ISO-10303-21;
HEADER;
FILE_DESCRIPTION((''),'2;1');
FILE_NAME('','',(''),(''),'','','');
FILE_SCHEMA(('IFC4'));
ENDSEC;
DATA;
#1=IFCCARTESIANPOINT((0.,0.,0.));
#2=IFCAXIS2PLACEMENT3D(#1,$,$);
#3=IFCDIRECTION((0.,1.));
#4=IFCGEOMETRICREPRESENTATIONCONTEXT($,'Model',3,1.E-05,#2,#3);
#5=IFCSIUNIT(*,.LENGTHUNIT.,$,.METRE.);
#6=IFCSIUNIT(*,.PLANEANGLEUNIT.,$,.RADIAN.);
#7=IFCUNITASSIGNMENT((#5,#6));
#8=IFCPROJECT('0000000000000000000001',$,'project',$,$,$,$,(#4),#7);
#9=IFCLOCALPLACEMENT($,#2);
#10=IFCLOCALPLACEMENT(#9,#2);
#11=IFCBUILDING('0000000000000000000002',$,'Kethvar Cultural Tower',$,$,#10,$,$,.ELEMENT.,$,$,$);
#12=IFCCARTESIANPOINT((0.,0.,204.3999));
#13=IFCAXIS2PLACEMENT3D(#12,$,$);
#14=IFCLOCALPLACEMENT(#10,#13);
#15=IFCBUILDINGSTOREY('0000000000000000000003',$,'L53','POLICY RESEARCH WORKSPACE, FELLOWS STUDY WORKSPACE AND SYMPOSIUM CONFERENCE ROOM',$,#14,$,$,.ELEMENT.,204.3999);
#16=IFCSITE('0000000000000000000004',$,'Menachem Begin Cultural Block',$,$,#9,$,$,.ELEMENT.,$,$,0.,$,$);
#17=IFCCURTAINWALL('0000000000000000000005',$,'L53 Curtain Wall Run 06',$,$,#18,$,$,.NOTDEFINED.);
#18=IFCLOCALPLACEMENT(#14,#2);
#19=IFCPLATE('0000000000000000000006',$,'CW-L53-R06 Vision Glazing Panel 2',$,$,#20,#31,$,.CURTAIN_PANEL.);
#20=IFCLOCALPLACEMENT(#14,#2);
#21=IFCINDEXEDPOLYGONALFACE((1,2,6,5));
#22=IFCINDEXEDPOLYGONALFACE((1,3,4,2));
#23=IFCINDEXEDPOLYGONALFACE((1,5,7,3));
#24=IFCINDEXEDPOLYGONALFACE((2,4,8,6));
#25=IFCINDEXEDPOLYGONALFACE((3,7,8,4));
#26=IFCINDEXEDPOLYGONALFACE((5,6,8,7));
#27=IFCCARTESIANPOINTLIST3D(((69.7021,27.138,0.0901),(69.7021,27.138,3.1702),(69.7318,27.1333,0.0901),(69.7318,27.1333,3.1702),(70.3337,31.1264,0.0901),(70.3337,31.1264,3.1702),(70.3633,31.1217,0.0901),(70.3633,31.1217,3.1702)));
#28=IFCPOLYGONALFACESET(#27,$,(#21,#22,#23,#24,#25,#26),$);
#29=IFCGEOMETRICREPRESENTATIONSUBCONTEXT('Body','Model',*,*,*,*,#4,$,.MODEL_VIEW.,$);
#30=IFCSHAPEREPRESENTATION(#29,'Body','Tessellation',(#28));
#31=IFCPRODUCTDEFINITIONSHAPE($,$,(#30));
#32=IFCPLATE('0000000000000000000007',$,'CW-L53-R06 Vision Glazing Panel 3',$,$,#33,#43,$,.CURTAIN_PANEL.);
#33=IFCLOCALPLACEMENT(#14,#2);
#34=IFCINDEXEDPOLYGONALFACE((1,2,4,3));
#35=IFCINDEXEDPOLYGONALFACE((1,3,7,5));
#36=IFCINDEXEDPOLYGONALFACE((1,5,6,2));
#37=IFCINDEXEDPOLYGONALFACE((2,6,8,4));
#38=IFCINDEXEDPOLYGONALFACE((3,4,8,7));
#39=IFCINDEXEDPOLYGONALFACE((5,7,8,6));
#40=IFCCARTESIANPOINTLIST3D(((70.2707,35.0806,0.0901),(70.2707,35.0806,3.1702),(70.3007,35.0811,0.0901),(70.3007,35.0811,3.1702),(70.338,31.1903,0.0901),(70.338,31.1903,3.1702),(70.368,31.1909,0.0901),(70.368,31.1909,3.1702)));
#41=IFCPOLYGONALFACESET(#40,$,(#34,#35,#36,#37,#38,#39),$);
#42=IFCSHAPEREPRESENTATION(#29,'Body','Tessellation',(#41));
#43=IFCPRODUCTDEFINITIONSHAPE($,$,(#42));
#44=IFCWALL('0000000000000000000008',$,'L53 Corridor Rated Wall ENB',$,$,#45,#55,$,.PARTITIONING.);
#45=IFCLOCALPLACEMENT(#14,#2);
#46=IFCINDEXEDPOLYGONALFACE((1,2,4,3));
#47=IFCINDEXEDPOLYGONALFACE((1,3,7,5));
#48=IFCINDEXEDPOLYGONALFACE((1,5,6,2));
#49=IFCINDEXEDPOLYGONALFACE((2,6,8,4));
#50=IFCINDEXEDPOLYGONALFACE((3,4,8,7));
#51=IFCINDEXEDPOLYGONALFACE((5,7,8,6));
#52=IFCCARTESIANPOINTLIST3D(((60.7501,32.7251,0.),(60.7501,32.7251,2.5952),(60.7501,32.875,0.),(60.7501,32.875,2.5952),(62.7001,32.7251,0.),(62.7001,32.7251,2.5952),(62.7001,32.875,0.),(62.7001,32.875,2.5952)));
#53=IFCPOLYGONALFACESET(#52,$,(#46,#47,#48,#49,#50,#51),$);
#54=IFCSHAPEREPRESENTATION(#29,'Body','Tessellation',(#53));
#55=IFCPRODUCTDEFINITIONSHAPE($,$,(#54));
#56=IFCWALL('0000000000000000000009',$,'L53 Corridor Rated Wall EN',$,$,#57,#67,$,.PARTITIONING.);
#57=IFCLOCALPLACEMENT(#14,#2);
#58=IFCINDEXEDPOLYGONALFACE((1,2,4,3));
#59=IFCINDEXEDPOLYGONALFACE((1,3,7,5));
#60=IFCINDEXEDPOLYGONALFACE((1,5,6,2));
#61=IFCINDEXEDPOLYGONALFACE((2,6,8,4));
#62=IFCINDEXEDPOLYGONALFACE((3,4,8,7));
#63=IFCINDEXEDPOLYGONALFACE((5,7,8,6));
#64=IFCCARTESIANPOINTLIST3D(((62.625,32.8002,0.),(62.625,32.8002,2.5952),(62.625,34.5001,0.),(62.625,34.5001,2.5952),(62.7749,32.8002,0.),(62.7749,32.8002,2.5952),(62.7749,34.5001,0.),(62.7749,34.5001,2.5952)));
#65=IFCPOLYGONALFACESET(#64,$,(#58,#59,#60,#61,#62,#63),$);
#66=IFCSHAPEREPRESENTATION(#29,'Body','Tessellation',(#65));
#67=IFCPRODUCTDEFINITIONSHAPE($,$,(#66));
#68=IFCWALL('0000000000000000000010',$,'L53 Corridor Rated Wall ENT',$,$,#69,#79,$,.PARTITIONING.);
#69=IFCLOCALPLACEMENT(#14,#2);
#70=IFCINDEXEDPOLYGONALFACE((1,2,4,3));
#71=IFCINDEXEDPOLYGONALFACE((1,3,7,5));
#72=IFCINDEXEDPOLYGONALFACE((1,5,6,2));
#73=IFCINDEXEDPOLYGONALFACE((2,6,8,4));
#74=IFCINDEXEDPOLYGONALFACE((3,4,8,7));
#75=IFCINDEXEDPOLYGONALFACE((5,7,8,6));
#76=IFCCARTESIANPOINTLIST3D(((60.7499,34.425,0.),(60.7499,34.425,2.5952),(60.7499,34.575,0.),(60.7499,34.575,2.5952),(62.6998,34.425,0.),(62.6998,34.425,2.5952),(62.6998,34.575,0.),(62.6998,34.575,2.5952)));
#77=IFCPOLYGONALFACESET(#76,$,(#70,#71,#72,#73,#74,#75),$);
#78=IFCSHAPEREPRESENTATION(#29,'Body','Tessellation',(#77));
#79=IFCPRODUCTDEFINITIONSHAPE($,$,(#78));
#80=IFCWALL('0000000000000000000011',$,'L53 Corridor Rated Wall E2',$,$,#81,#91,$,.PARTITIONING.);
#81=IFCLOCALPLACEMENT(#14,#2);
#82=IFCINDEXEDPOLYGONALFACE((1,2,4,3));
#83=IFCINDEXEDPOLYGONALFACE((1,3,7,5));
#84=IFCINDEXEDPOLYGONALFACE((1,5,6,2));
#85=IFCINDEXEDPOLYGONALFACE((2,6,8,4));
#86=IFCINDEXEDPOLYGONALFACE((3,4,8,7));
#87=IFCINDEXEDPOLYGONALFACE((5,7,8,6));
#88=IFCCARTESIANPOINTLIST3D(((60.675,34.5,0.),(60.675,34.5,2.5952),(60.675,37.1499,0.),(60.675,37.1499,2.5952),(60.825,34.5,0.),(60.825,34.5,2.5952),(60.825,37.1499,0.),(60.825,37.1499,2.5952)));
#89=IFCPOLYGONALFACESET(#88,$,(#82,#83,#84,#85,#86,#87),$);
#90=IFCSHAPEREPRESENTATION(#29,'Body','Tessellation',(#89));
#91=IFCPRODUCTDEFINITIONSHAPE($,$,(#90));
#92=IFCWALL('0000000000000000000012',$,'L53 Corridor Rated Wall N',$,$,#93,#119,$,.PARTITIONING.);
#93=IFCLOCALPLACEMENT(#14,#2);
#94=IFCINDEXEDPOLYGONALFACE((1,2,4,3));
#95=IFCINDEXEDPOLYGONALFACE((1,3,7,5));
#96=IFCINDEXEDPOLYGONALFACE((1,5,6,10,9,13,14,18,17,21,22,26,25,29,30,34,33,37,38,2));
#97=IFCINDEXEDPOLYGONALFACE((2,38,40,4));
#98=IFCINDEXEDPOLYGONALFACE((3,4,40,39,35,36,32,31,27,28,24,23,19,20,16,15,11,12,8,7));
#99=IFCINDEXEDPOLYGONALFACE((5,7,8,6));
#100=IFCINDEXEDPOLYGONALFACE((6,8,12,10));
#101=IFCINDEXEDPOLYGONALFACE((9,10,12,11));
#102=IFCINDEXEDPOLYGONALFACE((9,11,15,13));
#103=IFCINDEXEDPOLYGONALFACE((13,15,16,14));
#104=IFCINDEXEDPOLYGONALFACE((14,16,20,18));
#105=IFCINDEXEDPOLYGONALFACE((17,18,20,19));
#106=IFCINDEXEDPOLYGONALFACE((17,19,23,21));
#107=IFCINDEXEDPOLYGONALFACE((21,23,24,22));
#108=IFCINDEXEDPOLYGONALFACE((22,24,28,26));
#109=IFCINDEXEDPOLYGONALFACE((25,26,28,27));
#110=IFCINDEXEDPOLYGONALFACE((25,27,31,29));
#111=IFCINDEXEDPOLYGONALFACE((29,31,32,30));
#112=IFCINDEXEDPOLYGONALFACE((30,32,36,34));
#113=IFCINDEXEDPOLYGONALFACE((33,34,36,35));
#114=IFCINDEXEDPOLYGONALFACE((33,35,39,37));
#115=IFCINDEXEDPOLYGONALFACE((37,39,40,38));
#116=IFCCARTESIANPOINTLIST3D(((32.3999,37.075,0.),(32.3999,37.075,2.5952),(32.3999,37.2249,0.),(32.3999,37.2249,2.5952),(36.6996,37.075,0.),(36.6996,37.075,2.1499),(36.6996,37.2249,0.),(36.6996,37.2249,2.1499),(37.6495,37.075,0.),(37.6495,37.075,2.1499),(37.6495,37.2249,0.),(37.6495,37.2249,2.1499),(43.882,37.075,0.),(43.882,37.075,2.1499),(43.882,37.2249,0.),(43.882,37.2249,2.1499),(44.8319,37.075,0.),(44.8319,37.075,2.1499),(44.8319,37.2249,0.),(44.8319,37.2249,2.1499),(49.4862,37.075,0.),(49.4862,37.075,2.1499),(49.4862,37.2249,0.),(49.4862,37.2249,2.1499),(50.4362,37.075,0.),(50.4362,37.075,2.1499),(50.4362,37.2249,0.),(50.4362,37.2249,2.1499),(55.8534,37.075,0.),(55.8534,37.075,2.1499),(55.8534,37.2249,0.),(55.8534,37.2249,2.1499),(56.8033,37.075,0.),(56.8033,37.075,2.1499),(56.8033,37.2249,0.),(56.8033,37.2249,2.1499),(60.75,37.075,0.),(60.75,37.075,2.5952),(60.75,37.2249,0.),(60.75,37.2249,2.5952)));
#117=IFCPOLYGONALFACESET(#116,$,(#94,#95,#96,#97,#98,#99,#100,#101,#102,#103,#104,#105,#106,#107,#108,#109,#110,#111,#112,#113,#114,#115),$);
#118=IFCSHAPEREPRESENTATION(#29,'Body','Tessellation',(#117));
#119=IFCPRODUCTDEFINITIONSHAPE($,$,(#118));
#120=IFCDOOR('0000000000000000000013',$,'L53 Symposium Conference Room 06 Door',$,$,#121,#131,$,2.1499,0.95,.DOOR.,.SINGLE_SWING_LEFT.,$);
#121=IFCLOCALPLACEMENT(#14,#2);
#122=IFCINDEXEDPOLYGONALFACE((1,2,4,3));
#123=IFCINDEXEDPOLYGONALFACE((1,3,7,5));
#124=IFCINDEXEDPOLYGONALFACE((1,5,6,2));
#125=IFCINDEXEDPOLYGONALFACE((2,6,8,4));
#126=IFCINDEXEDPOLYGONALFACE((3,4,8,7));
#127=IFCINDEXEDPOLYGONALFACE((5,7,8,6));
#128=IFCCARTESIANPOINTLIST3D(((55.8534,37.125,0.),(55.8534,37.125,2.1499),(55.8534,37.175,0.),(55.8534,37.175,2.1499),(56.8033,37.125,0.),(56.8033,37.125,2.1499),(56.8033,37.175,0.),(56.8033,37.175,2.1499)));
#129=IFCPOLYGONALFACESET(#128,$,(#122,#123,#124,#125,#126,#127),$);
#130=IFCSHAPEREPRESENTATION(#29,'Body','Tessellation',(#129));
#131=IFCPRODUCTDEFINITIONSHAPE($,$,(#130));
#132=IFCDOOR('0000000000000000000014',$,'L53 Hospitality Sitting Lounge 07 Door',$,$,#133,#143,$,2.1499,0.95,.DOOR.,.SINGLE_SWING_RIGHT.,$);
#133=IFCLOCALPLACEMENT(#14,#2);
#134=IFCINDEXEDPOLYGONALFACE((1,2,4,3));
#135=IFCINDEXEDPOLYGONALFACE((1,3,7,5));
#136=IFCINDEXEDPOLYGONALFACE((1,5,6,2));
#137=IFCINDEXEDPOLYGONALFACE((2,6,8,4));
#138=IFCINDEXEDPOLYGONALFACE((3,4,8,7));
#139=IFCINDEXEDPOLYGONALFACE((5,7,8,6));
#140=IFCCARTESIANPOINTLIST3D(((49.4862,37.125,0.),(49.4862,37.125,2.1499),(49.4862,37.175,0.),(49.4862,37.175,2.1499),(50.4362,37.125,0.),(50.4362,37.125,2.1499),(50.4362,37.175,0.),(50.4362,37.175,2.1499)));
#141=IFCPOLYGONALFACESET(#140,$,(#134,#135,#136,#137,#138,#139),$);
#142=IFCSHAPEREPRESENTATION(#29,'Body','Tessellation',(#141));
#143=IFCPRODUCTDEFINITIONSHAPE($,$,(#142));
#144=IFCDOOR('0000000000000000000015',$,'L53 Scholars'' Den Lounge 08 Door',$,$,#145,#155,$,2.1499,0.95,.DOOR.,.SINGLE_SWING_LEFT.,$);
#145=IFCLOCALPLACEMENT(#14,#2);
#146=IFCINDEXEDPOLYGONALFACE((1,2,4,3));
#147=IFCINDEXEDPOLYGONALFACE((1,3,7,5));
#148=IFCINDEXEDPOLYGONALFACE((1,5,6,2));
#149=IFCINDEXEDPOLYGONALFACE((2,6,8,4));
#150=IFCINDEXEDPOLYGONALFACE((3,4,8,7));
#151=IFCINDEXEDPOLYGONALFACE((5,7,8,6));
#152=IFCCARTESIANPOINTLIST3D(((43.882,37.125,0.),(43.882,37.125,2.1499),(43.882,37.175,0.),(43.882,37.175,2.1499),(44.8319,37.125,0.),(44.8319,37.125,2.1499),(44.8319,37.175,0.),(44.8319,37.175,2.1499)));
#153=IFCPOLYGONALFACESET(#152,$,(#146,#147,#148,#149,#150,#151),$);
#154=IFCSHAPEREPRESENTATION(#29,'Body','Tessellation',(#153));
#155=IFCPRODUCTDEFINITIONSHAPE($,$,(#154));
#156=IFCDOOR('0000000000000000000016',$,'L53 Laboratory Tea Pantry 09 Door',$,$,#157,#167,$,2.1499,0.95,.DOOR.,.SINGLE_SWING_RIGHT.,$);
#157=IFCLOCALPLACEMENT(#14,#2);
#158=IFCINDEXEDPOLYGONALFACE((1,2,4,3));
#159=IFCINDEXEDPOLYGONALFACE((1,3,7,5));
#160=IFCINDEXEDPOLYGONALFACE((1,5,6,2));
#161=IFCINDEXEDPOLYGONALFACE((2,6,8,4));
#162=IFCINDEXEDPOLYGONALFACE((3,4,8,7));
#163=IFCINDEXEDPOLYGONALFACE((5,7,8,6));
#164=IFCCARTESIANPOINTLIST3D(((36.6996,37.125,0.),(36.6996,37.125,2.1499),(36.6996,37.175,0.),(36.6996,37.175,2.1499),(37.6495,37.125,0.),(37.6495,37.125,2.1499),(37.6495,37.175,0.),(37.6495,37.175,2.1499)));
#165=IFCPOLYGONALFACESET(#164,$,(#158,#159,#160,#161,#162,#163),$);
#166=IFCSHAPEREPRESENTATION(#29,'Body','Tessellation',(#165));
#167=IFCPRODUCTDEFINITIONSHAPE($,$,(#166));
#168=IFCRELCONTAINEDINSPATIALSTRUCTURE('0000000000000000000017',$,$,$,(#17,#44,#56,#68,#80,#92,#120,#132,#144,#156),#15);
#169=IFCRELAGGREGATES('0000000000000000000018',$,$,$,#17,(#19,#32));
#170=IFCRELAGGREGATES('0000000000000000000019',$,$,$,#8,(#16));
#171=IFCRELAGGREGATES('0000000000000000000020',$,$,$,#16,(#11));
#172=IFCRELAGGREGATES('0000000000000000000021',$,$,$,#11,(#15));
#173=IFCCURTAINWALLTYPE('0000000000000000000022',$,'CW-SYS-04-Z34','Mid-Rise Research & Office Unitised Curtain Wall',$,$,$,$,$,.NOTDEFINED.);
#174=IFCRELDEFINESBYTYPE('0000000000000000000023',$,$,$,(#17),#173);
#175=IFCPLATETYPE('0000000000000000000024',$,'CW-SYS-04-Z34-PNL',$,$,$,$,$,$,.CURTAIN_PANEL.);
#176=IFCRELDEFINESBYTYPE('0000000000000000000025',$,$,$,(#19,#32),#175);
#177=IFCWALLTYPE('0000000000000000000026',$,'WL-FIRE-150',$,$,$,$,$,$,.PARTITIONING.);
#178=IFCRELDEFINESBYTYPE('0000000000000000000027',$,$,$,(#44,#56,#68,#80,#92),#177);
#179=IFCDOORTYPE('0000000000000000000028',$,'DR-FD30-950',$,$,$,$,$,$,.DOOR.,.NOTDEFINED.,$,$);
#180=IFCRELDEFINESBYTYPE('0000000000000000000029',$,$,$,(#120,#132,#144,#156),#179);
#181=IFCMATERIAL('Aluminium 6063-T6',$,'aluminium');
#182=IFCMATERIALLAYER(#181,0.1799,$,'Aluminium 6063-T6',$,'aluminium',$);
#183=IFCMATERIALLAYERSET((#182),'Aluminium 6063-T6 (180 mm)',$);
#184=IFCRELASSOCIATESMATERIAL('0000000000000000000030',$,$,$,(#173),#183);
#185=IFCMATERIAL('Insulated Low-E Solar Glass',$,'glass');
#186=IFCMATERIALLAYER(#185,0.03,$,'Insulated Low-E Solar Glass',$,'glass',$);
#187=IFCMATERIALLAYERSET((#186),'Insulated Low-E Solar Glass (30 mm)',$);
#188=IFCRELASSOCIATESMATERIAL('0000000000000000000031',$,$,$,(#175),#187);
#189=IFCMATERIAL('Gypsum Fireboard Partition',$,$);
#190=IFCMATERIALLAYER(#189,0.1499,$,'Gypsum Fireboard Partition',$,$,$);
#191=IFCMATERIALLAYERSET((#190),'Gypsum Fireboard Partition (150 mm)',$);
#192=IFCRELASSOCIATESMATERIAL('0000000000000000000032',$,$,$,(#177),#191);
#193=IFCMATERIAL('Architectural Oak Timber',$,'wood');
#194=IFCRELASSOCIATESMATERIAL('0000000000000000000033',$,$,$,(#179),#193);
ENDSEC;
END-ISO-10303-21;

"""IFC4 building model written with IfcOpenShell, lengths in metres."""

from ifc_helpers import new_model, si_unit, direction, frame, frame_2d, origin, origin_2d, place, context, subcontext, project, spatial, rectangle, extrude, source, transform, mapped, material, layer, layer_set, type_object, element, fill, aggregate, save


model = new_model("IFC4")

# Units and contexts
model_context = context("Model", 3, precision=1e-05, world=origin(), true_north=direction((0.0, 1.0)))
body_context = subcontext(model_context, "Body", "Model", "MODEL_VIEW")
ifc_project = project(units=[si_unit("LENGTHUNIT", "METRE"), si_unit("PLANEANGLEUNIT", "RADIAN")], contexts=[model_context])

# Site, building, storey
site_placement = place(None, origin())
site = spatial("IfcSite", under=ifc_project, at=site_placement, Name="Menachem Begin Cultural Block", CompositionType="ELEMENT", RefElevation=0.0)
building_placement = place(site_placement, origin())
building = spatial("IfcBuilding", under=site, at=building_placement, Name="Kethvar Cultural Tower", CompositionType="ELEMENT")
storey_placement = place(building_placement, frame((0.0, 0.0, 204.3999)))
storey = spatial("IfcBuildingStorey", under=building, at=storey_placement, Name="L53", Description="POLICY RESEARCH WORKSPACE, FELLOWS STUDY WORKSPACE AND SYMPOSIUM CONFERENCE ROOM", CompositionType="ELEMENT", Elevation=204.3999)

# Curtain wall, plates
ifc_material_1 = material(Name="Aluminium 6063-T6", Category="aluminium")
ifc_layer_1 = layer(ifc_material_1, 0.1799, Name="Aluminium 6063-T6", Category="aluminium")
ifc_layer_set_1 = layer_set([ifc_layer_1], Name="Aluminium 6063-T6 (180 mm)")
curtain_wall_type = type_object("IfcCurtainWallType", Name="CW-SYS-04-Z34", Description="Mid-Rise Research & Office Unitised Curtain Wall", PredefinedType="NOTDEFINED", material=ifc_layer_set_1)
curtain_wall_placement = place(storey_placement, origin())
curtain_wall = element("IfcCurtainWall", 1, at=curtain_wall_placement, inside=storey, type_object=curtain_wall_type, Name="L53 Curtain Wall Run 06", PredefinedType="NOTDEFINED")
ifc_material_2 = material(Name="Insulated Low-E Solar Glass", Category="glass")
ifc_layer_2 = layer(ifc_material_2, 0.03, Name="Insulated Low-E Solar Glass", Category="glass")
ifc_layer_set_2 = layer_set([ifc_layer_2], Name="Insulated Low-E Solar Glass (30 mm)")
plate_type = type_object("IfcPlateType", Name="CW-SYS-04-Z34-PNL", PredefinedType="CURTAIN_PANEL", material=ifc_layer_set_2)
shared_shape_1 = source(origin(), body_context, "Body", "SweptSolid", [
    extrude(rectangle(XDim=4.0381, YDim=0.03, at=origin_2d()), origin(), (0.0, 0.0, 1.0), 3.0801),
])
plate_1_placement = place(storey_placement, frame((70.0327, 29.1299, 0.0901), z_axis=(0.0, 0.0, 1.0), x_axis=(0.1564, 0.987694, 0.0)))
plate_1 = element("IfcPlate", 2, at=plate_1_placement, type_object=plate_type, Name="CW-L53-R06 Vision Glazing Panel 2", PredefinedType="CURTAIN_PANEL", context=body_context, shape_type="MappedRepresentation", body=[
    mapped(shared_shape_1, transform((0.0, 0.0, 0.0), scale=1.0)),
])
shared_shape_2 = source(origin(), body_context, "Body", "SweptSolid", [
    extrude(rectangle(XDim=3.8909, YDim=0.03, at=origin_2d()), origin(), (0.0, 0.0, 1.0), 3.0801),
])
plate_2_placement = place(storey_placement, frame((70.3193, 33.1357, 0.0901), z_axis=(0.0, 0.0, 1.0), x_axis=(-0.017295, 0.99985, 0.0)))
plate_2 = element("IfcPlate", 3, at=plate_2_placement, type_object=plate_type, Name="CW-L53-R06 Vision Glazing Panel 3", PredefinedType="CURTAIN_PANEL", context=body_context, shape_type="MappedRepresentation", body=[
    mapped(shared_shape_2, transform((0.0, 0.0, 0.0), scale=1.0)),
])
aggregate(curtain_wall, [plate_1, plate_2])

# Walls
ifc_material_3 = material(Name="Gypsum Fireboard Partition")
ifc_layer_3 = layer(ifc_material_3, 0.1499, Name="Gypsum Fireboard Partition")
ifc_layer_set_3 = layer_set([ifc_layer_3], Name="Gypsum Fireboard Partition (150 mm)")
wall_type_1 = type_object("IfcWallType", Name="WL-FIRE-150", PredefinedType="PARTITIONING", material=ifc_layer_set_3)
wall_1_placement = place(storey_placement, frame((60.75, 32.8, 0.0), z_axis=(0.0, 0.0, 1.0), x_axis=(1.0, 0.0, 0.0)))
element("IfcWall", 4, at=wall_1_placement, inside=storey, type_object=wall_type_1, Name="L53 Corridor Rated Wall ENB", PredefinedType="PARTITIONING", context=body_context, shape_type="SweptSolid", body=[
    extrude(rectangle(XDim=1.95, YDim=0.1499, at=frame_2d((0.9751, 0.0))), origin(), (0.0, 0.0, 1.0), 2.5952),
])
wall_2_placement = place(storey_placement, frame((62.7, 32.8, 0.0), z_axis=(0.0, 0.0, 1.0), x_axis=(0.0, 1.0, 0.0)))
element("IfcWall", 5, at=wall_2_placement, inside=storey, type_object=wall_type_1, Name="L53 Corridor Rated Wall EN", PredefinedType="PARTITIONING", context=body_context, shape_type="SweptSolid", body=[
    extrude(rectangle(XDim=1.7, YDim=0.1499, at=frame_2d((0.8501, 0.0))), origin(), (0.0, 0.0, 1.0), 2.5952),
])
wall_3_placement = place(storey_placement, frame((62.7, 34.5, 0.0), z_axis=(0.0, 0.0, 1.0), x_axis=(-1.0, 0.0, 0.0)))
element("IfcWall", 6, at=wall_3_placement, inside=storey, type_object=wall_type_1, Name="L53 Corridor Rated Wall ENT", PredefinedType="PARTITIONING", context=body_context, shape_type="SweptSolid", body=[
    extrude(rectangle(XDim=1.95, YDim=0.1499, at=frame_2d((0.9751, 0.0))), origin(), (0.0, 0.0, 1.0), 2.5952),
])
wall_4_placement = place(storey_placement, frame((60.75, 34.5, 0.0), z_axis=(0.0, 0.0, 1.0), x_axis=(0.0, 1.0, 0.0)))
element("IfcWall", 7, at=wall_4_placement, inside=storey, type_object=wall_type_1, Name="L53 Corridor Rated Wall E2", PredefinedType="PARTITIONING", context=body_context, shape_type="SweptSolid", body=[
    extrude(rectangle(XDim=2.6499, YDim=0.1499, at=frame_2d((1.325, 0.0))), origin(), (0.0, 0.0, 1.0), 2.5952),
])

# Wall, openings, doors
wall_5_placement = place(storey_placement, frame((60.75, 37.1499, 0.0), z_axis=(0.0, 0.0, 1.0), x_axis=(-1.0, 0.0, 0.0)))
wall_5 = element("IfcWall", 8, at=wall_5_placement, inside=storey, type_object=wall_type_1, Name="L53 Corridor Rated Wall N", PredefinedType="PARTITIONING", context=body_context, shape_type="SweptSolid", body=[
    extrude(rectangle(XDim=28.3501, YDim=0.1499, at=frame_2d((14.175, 0.0))), origin(), (0.0, 0.0, 1.0), 2.5952),
])
opening_1_placement = place(wall_5_placement, frame((3.9465, 0.0, 0.0)))
opening_1 = element("IfcOpeningElement", 9, at=opening_1_placement, cuts=wall_5, PredefinedType="OPENING", context=body_context, shape_type="SweptSolid", body=[
    extrude(rectangle(XDim=0.95, YDim=2.1499, at=frame_2d((0.4751, 1.075))), frame((0.0, 0.085, 0.0), z_axis=(0.0, -1.0, 0.0), x_axis=(1.0, 0.0, 0.0)), (0.0, 0.0, 1.0), 0.1699),
])
opening_2_placement = place(wall_5_placement, frame((10.3137, 0.0, 0.0)))
opening_2 = element("IfcOpeningElement", 10, at=opening_2_placement, cuts=wall_5, PredefinedType="OPENING", context=body_context, shape_type="SweptSolid", body=[
    extrude(rectangle(XDim=0.95, YDim=2.1499, at=frame_2d((0.4751, 1.075))), frame((0.0, 0.085, 0.0), z_axis=(0.0, -1.0, 0.0), x_axis=(1.0, 0.0, 0.0)), (0.0, 0.0, 1.0), 0.1699),
])
opening_3_placement = place(wall_5_placement, frame((15.918, 0.0, 0.0)))
opening_3 = element("IfcOpeningElement", 11, at=opening_3_placement, cuts=wall_5, PredefinedType="OPENING", context=body_context, shape_type="SweptSolid", body=[
    extrude(rectangle(XDim=0.95, YDim=2.1499, at=frame_2d((0.4751, 1.075))), frame((0.0, 0.085, 0.0), z_axis=(0.0, -1.0, 0.0), x_axis=(1.0, 0.0, 0.0)), (0.0, 0.0, 1.0), 0.1699),
])
opening_4_placement = place(wall_5_placement, frame((23.1003, 0.0, 0.0)))
opening_4 = element("IfcOpeningElement", 12, at=opening_4_placement, cuts=wall_5, PredefinedType="OPENING", context=body_context, shape_type="SweptSolid", body=[
    extrude(rectangle(XDim=0.95, YDim=2.1499, at=frame_2d((0.4751, 1.075))), frame((0.0, 0.085, 0.0), z_axis=(0.0, -1.0, 0.0), x_axis=(1.0, 0.0, 0.0)), (0.0, 0.0, 1.0), 0.1699),
])
ifc_material_4 = material(Name="Architectural Oak Timber", Category="wood")
door_type = type_object("IfcDoorType", Name="DR-FD30-950", OperationType="NOTDEFINED", PredefinedType="DOOR", material=ifc_material_4)
shared_shape_3 = source(origin(), body_context, "Body", "SweptSolid", [
    extrude(rectangle(XDim=0.95, YDim=2.1499, at=frame_2d((0.4751, 1.075))), frame((0.0, 0.0249, 0.0), z_axis=(0.0, -1.0, 0.0), x_axis=(1.0, 0.0, 0.0)), (0.0, 0.0, 1.0), 0.05),
])
door_1_placement = place(opening_1_placement, origin())
door_1 = element("IfcDoor", 13, at=door_1_placement, inside=storey, type_object=door_type, Name="L53 Symposium Conference Room 06 Door", OperationType="SINGLE_SWING_LEFT", OverallHeight=2.1499, OverallWidth=0.95, PredefinedType="DOOR", context=body_context, shape_type="MappedRepresentation", body=[
    mapped(shared_shape_3, transform((0.0, 0.0, 0.0), scale=1.0)),
])
fill(opening_1, door_1)
door_2_placement = place(opening_2_placement, origin())
door_2 = element("IfcDoor", 14, at=door_2_placement, inside=storey, type_object=door_type, Name="L53 Hospitality Sitting Lounge 07 Door", OperationType="SINGLE_SWING_RIGHT", OverallHeight=2.1499, OverallWidth=0.95, PredefinedType="DOOR", context=body_context, shape_type="MappedRepresentation", body=[
    mapped(shared_shape_3, transform((0.0, 0.0, 0.0), scale=1.0)),
])
fill(opening_2, door_2)
door_3_placement = place(opening_3_placement, origin())
door_3 = element("IfcDoor", 15, at=door_3_placement, inside=storey, type_object=door_type, Name="L53 Scholars' Den Lounge 08 Door", OperationType="SINGLE_SWING_LEFT", OverallHeight=2.1499, OverallWidth=0.95, PredefinedType="DOOR", context=body_context, shape_type="MappedRepresentation", body=[
    mapped(shared_shape_3, transform((0.0, 0.0, 0.0), scale=1.0)),
])
fill(opening_3, door_3)
door_4_placement = place(opening_4_placement, origin())
door_4 = element("IfcDoor", 16, at=door_4_placement, inside=storey, type_object=door_type, Name="L53 Laboratory Tea Pantry 09 Door", OperationType="SINGLE_SWING_RIGHT", OverallHeight=2.1499, OverallWidth=0.95, PredefinedType="DOOR", context=body_context, shape_type="MappedRepresentation", body=[
    mapped(shared_shape_3, transform((0.0, 0.0, 0.0), scale=1.0)),
])
fill(opening_4, door_4)

save(model, "model.ifc")
